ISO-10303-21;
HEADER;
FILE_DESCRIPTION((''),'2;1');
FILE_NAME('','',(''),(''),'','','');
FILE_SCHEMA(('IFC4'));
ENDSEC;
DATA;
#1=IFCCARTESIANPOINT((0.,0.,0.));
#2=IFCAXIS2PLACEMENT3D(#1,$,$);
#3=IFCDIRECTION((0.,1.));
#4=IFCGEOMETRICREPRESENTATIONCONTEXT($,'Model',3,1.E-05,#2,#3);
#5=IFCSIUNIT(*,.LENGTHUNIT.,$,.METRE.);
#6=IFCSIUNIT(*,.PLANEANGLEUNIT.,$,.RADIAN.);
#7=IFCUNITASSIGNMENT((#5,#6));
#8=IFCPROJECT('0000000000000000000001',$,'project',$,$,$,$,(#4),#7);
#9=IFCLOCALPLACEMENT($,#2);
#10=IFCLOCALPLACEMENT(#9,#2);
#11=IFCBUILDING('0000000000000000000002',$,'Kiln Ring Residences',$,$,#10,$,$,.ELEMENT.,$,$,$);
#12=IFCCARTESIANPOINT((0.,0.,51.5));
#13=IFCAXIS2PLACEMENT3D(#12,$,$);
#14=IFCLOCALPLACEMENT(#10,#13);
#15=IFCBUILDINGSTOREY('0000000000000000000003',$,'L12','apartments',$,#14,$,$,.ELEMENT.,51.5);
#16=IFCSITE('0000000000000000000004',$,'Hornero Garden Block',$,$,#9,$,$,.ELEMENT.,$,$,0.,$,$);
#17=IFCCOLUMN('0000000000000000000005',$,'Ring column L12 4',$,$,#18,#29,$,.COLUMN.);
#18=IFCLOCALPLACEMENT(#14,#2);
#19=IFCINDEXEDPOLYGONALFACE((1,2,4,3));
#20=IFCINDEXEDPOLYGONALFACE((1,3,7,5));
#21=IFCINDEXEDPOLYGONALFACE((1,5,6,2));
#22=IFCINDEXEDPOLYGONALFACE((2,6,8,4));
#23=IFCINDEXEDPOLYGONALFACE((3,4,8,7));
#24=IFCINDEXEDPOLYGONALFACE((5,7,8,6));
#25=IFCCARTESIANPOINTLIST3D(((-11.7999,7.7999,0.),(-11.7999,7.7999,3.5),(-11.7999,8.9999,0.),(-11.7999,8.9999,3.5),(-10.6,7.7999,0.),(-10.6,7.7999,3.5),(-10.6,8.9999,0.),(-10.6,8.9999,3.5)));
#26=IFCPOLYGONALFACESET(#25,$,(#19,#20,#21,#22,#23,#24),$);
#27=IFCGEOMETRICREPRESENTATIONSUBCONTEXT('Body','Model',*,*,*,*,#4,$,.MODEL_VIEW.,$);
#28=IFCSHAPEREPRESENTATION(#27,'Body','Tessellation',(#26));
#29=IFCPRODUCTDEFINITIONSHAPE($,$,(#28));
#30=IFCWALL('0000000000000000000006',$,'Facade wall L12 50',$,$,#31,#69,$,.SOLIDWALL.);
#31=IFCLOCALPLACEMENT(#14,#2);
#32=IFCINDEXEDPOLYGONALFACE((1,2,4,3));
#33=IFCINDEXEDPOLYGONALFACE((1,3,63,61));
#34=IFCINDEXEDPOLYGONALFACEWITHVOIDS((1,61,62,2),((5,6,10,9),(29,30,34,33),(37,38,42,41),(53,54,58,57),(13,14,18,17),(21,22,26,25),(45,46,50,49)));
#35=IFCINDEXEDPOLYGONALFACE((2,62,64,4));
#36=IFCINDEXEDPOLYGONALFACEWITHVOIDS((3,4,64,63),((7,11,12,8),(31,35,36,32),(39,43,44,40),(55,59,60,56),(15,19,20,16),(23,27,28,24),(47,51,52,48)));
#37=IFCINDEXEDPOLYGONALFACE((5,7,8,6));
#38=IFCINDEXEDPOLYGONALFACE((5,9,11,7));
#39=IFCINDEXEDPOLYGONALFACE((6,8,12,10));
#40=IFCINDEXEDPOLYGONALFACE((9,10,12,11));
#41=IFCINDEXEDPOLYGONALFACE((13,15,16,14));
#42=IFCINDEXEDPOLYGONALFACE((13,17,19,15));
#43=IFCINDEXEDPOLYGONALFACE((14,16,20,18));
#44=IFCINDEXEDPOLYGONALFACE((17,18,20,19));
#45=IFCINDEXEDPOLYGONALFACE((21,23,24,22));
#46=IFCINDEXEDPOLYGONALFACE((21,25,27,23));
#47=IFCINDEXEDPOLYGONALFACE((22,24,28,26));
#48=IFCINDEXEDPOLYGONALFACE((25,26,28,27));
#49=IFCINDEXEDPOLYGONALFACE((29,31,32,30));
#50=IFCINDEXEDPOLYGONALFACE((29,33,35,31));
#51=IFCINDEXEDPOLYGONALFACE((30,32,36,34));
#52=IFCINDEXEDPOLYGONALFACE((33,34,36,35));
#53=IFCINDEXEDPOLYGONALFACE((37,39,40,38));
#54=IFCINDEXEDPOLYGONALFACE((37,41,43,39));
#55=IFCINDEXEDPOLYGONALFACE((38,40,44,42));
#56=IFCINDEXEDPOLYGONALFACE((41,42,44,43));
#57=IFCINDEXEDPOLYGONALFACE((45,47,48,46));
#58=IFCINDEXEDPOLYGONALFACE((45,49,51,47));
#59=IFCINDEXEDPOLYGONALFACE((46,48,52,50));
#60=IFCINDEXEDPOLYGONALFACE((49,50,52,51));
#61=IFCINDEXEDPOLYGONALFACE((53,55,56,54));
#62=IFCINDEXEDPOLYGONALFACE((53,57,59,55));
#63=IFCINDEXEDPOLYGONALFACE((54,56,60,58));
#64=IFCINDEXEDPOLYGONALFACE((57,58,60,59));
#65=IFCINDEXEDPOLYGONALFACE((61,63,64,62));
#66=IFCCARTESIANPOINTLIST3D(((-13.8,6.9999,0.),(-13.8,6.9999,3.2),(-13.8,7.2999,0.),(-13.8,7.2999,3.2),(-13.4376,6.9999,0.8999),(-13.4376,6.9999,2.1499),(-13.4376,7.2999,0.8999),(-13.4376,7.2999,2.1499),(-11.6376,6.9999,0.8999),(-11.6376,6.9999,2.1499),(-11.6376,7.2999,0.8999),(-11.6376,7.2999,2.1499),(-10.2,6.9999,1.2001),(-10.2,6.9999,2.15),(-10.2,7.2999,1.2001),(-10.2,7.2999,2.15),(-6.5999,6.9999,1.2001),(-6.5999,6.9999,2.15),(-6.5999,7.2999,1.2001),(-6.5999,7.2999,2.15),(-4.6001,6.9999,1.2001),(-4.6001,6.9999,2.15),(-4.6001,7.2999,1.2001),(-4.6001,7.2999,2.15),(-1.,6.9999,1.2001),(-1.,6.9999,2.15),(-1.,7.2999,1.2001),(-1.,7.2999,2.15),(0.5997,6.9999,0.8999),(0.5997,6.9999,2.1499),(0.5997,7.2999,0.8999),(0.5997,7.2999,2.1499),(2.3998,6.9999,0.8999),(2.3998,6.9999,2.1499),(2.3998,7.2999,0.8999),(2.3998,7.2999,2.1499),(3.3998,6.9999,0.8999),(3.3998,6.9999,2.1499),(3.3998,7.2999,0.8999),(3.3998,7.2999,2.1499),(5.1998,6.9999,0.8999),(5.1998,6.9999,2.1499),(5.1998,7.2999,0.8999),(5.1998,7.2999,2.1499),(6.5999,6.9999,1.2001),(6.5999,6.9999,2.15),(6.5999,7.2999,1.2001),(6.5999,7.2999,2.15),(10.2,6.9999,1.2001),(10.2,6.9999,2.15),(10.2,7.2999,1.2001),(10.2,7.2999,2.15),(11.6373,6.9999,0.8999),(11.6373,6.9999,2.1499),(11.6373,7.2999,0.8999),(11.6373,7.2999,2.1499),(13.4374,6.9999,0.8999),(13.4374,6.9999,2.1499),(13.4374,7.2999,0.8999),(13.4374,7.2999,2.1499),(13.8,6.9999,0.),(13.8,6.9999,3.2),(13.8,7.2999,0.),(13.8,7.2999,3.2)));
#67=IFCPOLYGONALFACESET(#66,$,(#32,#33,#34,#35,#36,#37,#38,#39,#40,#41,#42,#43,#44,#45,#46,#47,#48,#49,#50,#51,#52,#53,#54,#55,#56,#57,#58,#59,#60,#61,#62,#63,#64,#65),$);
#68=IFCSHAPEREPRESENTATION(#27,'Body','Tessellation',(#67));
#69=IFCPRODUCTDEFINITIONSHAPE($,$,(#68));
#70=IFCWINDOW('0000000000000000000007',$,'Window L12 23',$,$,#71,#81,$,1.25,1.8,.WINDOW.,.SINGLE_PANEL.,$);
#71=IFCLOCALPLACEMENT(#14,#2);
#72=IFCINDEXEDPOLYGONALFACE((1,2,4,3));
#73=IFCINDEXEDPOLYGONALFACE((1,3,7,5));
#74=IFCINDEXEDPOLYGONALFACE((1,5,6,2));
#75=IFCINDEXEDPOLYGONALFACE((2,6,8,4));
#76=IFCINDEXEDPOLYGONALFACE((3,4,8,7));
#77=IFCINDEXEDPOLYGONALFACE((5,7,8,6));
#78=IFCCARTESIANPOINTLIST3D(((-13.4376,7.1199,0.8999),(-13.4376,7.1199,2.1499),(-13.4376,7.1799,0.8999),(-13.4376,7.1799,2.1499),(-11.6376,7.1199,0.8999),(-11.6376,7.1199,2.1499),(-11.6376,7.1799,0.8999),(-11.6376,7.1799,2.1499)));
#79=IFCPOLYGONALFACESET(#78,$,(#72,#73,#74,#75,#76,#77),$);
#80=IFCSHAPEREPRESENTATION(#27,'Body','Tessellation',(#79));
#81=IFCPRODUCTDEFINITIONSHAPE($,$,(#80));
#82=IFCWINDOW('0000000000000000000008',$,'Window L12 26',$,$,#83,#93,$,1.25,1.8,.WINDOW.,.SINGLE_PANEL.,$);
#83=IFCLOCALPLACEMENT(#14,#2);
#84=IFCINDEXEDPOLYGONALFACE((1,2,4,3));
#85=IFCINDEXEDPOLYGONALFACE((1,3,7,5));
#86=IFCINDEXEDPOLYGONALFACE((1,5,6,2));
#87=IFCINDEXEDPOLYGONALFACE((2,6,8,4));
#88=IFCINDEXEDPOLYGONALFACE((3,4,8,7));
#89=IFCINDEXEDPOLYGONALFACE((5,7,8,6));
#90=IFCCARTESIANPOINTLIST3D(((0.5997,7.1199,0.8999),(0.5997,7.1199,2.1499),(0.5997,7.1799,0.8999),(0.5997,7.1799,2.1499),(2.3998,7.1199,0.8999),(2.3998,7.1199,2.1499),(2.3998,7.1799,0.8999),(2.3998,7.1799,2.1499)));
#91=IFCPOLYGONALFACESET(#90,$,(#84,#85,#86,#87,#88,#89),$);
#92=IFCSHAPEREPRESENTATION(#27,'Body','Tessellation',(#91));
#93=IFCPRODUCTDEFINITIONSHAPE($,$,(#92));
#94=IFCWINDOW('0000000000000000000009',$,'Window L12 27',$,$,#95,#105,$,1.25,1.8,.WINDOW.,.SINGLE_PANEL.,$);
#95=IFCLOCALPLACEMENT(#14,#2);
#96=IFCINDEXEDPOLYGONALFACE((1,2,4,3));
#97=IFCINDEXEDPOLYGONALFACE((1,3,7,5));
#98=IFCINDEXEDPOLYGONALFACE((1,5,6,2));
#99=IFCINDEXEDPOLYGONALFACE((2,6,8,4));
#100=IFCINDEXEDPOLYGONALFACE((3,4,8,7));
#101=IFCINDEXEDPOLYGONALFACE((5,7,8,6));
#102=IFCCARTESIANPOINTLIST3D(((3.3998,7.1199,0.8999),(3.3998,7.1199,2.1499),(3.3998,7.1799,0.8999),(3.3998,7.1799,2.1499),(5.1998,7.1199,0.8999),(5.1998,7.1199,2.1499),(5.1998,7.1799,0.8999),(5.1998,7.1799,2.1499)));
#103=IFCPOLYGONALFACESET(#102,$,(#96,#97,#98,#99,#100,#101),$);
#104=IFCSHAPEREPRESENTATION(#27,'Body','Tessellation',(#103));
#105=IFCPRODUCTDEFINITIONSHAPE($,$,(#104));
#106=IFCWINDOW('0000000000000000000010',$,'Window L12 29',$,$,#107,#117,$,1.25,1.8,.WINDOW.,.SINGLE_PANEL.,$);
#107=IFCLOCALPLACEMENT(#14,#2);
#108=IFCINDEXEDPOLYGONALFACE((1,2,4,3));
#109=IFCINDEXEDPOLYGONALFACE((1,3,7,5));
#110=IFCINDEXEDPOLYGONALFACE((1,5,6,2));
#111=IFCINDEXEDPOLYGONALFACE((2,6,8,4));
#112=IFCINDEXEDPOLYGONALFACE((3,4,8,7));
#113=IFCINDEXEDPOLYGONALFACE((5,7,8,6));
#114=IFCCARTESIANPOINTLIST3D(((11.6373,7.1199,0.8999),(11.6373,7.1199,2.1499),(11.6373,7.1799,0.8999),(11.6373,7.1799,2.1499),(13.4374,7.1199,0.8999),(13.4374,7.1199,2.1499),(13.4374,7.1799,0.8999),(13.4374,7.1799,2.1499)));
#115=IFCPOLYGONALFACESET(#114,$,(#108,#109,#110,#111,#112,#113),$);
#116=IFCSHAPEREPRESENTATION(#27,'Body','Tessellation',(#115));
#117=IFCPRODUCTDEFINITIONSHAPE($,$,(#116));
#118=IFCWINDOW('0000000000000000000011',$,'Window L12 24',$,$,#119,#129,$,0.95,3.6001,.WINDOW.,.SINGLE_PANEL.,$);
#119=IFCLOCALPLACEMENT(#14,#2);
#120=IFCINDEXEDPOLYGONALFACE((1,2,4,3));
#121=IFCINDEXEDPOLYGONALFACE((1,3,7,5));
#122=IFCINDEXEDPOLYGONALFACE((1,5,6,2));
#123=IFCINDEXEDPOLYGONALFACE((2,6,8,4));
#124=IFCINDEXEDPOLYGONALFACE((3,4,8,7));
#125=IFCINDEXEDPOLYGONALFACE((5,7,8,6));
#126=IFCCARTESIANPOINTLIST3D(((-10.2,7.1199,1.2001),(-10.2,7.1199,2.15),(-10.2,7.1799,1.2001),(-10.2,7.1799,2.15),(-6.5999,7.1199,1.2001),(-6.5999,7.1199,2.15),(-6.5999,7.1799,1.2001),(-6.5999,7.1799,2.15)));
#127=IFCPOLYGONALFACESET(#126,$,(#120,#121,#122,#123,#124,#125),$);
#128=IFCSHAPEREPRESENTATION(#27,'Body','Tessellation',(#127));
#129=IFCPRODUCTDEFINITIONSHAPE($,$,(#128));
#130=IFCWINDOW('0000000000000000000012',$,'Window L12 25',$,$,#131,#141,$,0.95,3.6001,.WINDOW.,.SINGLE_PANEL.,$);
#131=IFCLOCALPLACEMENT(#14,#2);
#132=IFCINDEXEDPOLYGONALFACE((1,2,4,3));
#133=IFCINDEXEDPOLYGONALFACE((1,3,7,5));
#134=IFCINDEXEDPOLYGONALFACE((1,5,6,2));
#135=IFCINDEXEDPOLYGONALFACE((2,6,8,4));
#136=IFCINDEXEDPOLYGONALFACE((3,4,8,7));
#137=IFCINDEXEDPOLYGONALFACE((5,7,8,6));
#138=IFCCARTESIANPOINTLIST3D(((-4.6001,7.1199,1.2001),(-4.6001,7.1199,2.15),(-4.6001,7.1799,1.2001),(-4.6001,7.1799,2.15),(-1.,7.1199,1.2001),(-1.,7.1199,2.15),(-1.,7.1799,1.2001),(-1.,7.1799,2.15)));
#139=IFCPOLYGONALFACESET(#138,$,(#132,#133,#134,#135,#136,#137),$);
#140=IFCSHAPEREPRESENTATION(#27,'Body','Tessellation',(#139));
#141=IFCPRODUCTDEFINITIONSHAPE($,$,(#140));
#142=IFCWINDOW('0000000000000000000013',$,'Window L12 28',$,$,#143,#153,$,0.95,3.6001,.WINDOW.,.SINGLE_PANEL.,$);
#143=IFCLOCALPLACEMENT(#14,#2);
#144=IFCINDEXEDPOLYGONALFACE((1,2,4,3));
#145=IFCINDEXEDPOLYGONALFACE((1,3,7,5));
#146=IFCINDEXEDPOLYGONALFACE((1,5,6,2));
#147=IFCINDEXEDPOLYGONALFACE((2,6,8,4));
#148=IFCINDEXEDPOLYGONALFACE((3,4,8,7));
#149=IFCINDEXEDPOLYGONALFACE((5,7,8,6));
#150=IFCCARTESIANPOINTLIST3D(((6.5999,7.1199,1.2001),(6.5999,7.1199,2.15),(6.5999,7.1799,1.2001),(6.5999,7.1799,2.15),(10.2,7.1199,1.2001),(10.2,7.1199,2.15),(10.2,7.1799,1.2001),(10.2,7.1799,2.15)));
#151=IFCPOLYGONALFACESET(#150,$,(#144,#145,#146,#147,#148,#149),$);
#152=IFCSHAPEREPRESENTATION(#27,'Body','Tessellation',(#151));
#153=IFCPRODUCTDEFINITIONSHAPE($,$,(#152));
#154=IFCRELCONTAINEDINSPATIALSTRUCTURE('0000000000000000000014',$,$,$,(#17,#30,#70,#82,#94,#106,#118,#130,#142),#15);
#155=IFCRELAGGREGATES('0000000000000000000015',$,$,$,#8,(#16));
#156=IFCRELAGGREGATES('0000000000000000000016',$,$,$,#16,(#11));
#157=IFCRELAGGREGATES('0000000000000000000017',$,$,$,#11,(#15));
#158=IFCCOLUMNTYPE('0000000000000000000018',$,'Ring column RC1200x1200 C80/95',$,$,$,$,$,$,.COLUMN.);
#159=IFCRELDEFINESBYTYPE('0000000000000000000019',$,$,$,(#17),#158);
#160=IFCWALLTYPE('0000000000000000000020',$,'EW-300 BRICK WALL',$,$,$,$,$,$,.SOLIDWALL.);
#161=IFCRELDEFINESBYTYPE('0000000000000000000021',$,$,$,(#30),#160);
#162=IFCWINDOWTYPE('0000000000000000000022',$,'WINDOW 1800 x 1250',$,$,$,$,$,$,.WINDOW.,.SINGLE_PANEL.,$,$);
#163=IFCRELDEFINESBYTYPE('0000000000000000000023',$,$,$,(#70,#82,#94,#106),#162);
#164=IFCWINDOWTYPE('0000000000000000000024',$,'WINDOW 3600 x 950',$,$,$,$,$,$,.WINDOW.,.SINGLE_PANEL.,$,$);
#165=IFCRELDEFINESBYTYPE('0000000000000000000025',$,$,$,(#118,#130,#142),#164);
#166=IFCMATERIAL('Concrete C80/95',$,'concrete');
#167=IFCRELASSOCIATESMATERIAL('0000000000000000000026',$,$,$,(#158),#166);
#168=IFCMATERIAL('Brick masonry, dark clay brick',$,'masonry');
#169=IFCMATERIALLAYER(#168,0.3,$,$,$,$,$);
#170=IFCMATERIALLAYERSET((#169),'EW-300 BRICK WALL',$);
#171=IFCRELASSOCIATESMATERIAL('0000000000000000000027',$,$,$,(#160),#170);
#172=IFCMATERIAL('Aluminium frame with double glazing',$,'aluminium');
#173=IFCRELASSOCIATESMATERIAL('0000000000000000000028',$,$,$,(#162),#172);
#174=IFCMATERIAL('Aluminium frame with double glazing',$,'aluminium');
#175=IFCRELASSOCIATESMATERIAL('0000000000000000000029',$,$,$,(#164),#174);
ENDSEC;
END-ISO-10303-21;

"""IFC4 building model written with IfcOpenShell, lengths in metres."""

from ifc_helpers import new_model, si_unit, direction, frame, frame_2d, origin, origin_2d, place, context, subcontext, project, spatial, rectangle, extrude, material, layer, layer_set, material_profile, profile_set, type_object, element, fill, save


model = new_model("IFC4")

# Units and contexts
model_context = context("Model", 3, precision=1e-05, world=origin(), true_north=direction((0.0, 1.0)))
body_context = subcontext(model_context, "Body", "Model", "MODEL_VIEW")
ifc_project = project(units=[si_unit("LENGTHUNIT", "METRE"), si_unit("PLANEANGLEUNIT", "RADIAN")], contexts=[model_context])

# Site, building, storey
site_placement = place(None, origin())
site = spatial("IfcSite", under=ifc_project, at=site_placement, Name="Hornero Garden Block", CompositionType="ELEMENT", RefElevation=0.0)
building_placement = place(site_placement, origin())
building = spatial("IfcBuilding", under=site, at=building_placement, Name="Kiln Ring Residences", CompositionType="ELEMENT")
storey_placement = place(building_placement, frame((0.0, 0.0, 51.5)))
storey = spatial("IfcBuildingStorey", under=building, at=storey_placement, Name="L12", Description="apartments", CompositionType="ELEMENT", Elevation=51.5)

# Column
ifc_material_1 = material(Name="Concrete C80/95", Category="concrete")
ifc_material_profile = material_profile(ifc_material_1, rectangle(XDim=1.2, YDim=1.2, at=origin_2d()), Name="RC1200x1200")
ifc_profile_set = profile_set([ifc_material_profile], Name="Concrete C80/95")
column_type = type_object("IfcColumnType", Name="Ring column RC1200x1200 C80/95", PredefinedType="COLUMN", material=ifc_profile_set)
column_placement = place(storey_placement, frame((-11.2, 8.3999, 0.0), z_axis=(0.0, 0.0, 1.0), x_axis=(1.0, 0.0, 0.0)))
element("IfcColumn", 1, at=column_placement, inside=storey, type_object=column_type, Name="Ring column L12 4", PredefinedType="COLUMN", context=body_context, shape_type="SweptSolid", body=[
    extrude(rectangle(XDim=1.2, YDim=1.2, at=origin_2d()), origin(), (0.0, 0.0, 1.0), 3.5),
])

# Wall, openings, windows
ifc_material_2 = material(Name="Brick masonry, dark clay brick", Category="masonry")
ifc_layer_1 = layer(ifc_material_2, 0.3)
ifc_layer_set_1 = layer_set([ifc_layer_1], Name="EW-300 BRICK WALL")
wall_type_1 = type_object("IfcWallType", Name="EW-300 BRICK WALL", PredefinedType="SOLIDWALL", material=ifc_layer_set_1)
wall_1_placement = place(storey_placement, frame((-13.8, 7.1499, 0.0), z_axis=(0.0, 0.0, 1.0), x_axis=(1.0, 0.0, 0.0)))
wall_1 = element("IfcWall", 2, at=wall_1_placement, inside=storey, type_object=wall_type_1, Name="Facade wall L12 50", PredefinedType="SOLIDWALL", context=body_context, shape_type="SweptSolid", body=[
    extrude(rectangle(XDim=27.6001, YDim=0.3, at=frame_2d((13.8, 0.0))), origin(), (0.0, 0.0, 1.0), 3.2),
])
opening_1_placement = place(wall_1_placement, frame((0.3625, 0.0, 0.8999)))
opening_1 = element("IfcOpeningElement", 3, at=opening_1_placement, cuts=wall_1, PredefinedType="OPENING", context=body_context, shape_type="SweptSolid", body=[
    extrude(rectangle(XDim=1.8, YDim=1.25, at=frame_2d((0.8999, 0.625))), frame((0.0, 0.1599, 0.0), z_axis=(0.0, -1.0, 0.0), x_axis=(1.0, 0.0, 0.0)), (0.0, 0.0, 1.0), 0.3201),
])
opening_2_placement = place(wall_1_placement, frame((3.6001, 0.0, 1.2)))
opening_2 = element("IfcOpeningElement", 4, at=opening_2_placement, cuts=wall_1, PredefinedType="OPENING", context=body_context, shape_type="SweptSolid", body=[
    extrude(rectangle(XDim=3.6001, YDim=0.95, at=frame_2d((1.8, 0.4751))), frame((0.0, 0.1599, 0.0), z_axis=(0.0, -1.0, 0.0), x_axis=(1.0, 0.0, 0.0)), (0.0, 0.0, 1.0), 0.3201),
])
opening_3_placement = place(wall_1_placement, frame((9.2, 0.0, 1.2)))
opening_3 = element("IfcOpeningElement", 5, at=opening_3_placement, cuts=wall_1, PredefinedType="OPENING", context=body_context, shape_type="SweptSolid", body=[
    extrude(rectangle(XDim=3.6001, YDim=0.95, at=frame_2d((1.8, 0.4751))), frame((0.0, 0.1599, 0.0), z_axis=(0.0, -1.0, 0.0), x_axis=(1.0, 0.0, 0.0)), (0.0, 0.0, 1.0), 0.3201),
])
opening_4_placement = place(wall_1_placement, frame((14.3999, 0.0, 0.8999)))
opening_4 = element("IfcOpeningElement", 6, at=opening_4_placement, cuts=wall_1, PredefinedType="OPENING", context=body_context, shape_type="SweptSolid", body=[
    extrude(rectangle(XDim=1.8, YDim=1.25, at=frame_2d((0.8999, 0.625))), frame((0.0, 0.1599, 0.0), z_axis=(0.0, -1.0, 0.0), x_axis=(1.0, 0.0, 0.0)), (0.0, 0.0, 1.0), 0.3201),
])
opening_5_placement = place(wall_1_placement, frame((17.2, 0.0, 0.8999)))
opening_5 = element("IfcOpeningElement", 7, at=opening_5_placement, cuts=wall_1, PredefinedType="OPENING", context=body_context, shape_type="SweptSolid", body=[
    extrude(rectangle(XDim=1.8, YDim=1.25, at=frame_2d((0.8999, 0.625))), frame((0.0, 0.1599, 0.0), z_axis=(0.0, -1.0, 0.0), x_axis=(1.0, 0.0, 0.0)), (0.0, 0.0, 1.0), 0.3201),
])
opening_6_placement = place(wall_1_placement, frame((20.3999, 0.0, 1.2)))
opening_6 = element("IfcOpeningElement", 8, at=opening_6_placement, cuts=wall_1, PredefinedType="OPENING", context=body_context, shape_type="SweptSolid", body=[
    extrude(rectangle(XDim=3.6001, YDim=0.95, at=frame_2d((1.8, 0.4751))), frame((0.0, 0.1599, 0.0), z_axis=(0.0, -1.0, 0.0), x_axis=(1.0, 0.0, 0.0)), (0.0, 0.0, 1.0), 0.3201),
])
opening_7_placement = place(wall_1_placement, frame((25.4375, 0.0, 0.8999)))
opening_7 = element("IfcOpeningElement", 9, at=opening_7_placement, cuts=wall_1, PredefinedType="OPENING", context=body_context, shape_type="SweptSolid", body=[
    extrude(rectangle(XDim=1.8, YDim=1.25, at=frame_2d((0.8999, 0.625))), frame((0.0, 0.1599, 0.0), z_axis=(0.0, -1.0, 0.0), x_axis=(1.0, 0.0, 0.0)), (0.0, 0.0, 1.0), 0.3201),
])
ifc_material_3 = material(Name="Aluminium frame with double glazing", Category="aluminium")
window_type_1 = type_object("IfcWindowType", Name="WINDOW 1800 x 1250", PartitioningType="SINGLE_PANEL", PredefinedType="WINDOW", material=ifc_material_3)
window_1_placement = place(opening_1_placement, origin())
window_1 = element("IfcWindow", 10, at=window_1_placement, inside=storey, type_object=window_type_1, Name="Window L12 23", OverallHeight=1.25, OverallWidth=1.8, PartitioningType="SINGLE_PANEL", PredefinedType="WINDOW", context=body_context, shape_type="SweptSolid", body=[
    extrude(rectangle(XDim=1.8, YDim=1.25, at=frame_2d((0.8999, 0.625))), frame((0.0, 0.03, 0.0), z_axis=(0.0, -1.0, 0.0), x_axis=(1.0, 0.0, 0.0)), (0.0, 0.0, 1.0), 0.0601),
])
fill(opening_1, window_1)
window_2_placement = place(opening_4_placement, origin())
window_2 = element("IfcWindow", 11, at=window_2_placement, inside=storey, type_object=window_type_1, Name="Window L12 26", OverallHeight=1.25, OverallWidth=1.8, PartitioningType="SINGLE_PANEL", PredefinedType="WINDOW", context=body_context, shape_type="SweptSolid", body=[
    extrude(rectangle(XDim=1.8, YDim=1.25, at=frame_2d((0.8999, 0.625))), frame((0.0, 0.03, 0.0), z_axis=(0.0, -1.0, 0.0), x_axis=(1.0, 0.0, 0.0)), (0.0, 0.0, 1.0), 0.0601),
])
fill(opening_4, window_2)
window_3_placement = place(opening_5_placement, origin())
window_3 = element("IfcWindow", 12, at=window_3_placement, inside=storey, type_object=window_type_1, Name="Window L12 27", OverallHeight=1.25, OverallWidth=1.8, PartitioningType="SINGLE_PANEL", PredefinedType="WINDOW", context=body_context, shape_type="SweptSolid", body=[
    extrude(rectangle(XDim=1.8, YDim=1.25, at=frame_2d((0.8999, 0.625))), frame((0.0, 0.03, 0.0), z_axis=(0.0, -1.0, 0.0), x_axis=(1.0, 0.0, 0.0)), (0.0, 0.0, 1.0), 0.0601),
])
fill(opening_5, window_3)
window_4_placement = place(opening_7_placement, origin())
window_4 = element("IfcWindow", 13, at=window_4_placement, inside=storey, type_object=window_type_1, Name="Window L12 29", OverallHeight=1.25, OverallWidth=1.8, PartitioningType="SINGLE_PANEL", PredefinedType="WINDOW", context=body_context, shape_type="SweptSolid", body=[
    extrude(rectangle(XDim=1.8, YDim=1.25, at=frame_2d((0.8999, 0.625))), frame((0.0, 0.03, 0.0), z_axis=(0.0, -1.0, 0.0), x_axis=(1.0, 0.0, 0.0)), (0.0, 0.0, 1.0), 0.0601),
])
fill(opening_7, window_4)
ifc_material_4 = material(Name="Aluminium frame with double glazing", Category="aluminium")
window_type_2 = type_object("IfcWindowType", Name="WINDOW 3600 x 950", PartitioningType="SINGLE_PANEL", PredefinedType="WINDOW", material=ifc_material_4)
window_5_placement = place(opening_2_placement, origin())
window_5 = element("IfcWindow", 14, at=window_5_placement, inside=storey, type_object=window_type_2, Name="Window L12 24", OverallHeight=0.95, OverallWidth=3.6001, PartitioningType="SINGLE_PANEL", PredefinedType="WINDOW", context=body_context, shape_type="SweptSolid", body=[
    extrude(rectangle(XDim=3.6001, YDim=0.95, at=frame_2d((1.8, 0.4751))), frame((0.0, 0.03, 0.0), z_axis=(0.0, -1.0, 0.0), x_axis=(1.0, 0.0, 0.0)), (0.0, 0.0, 1.0), 0.0601),
])
fill(opening_2, window_5)
window_6_placement = place(opening_3_placement, origin())
window_6 = element("IfcWindow", 15, at=window_6_placement, inside=storey, type_object=window_type_2, Name="Window L12 25", OverallHeight=0.95, OverallWidth=3.6001, PartitioningType="SINGLE_PANEL", PredefinedType="WINDOW", context=body_context, shape_type="SweptSolid", body=[
    extrude(rectangle(XDim=3.6001, YDim=0.95, at=frame_2d((1.8, 0.4751))), frame((0.0, 0.03, 0.0), z_axis=(0.0, -1.0, 0.0), x_axis=(1.0, 0.0, 0.0)), (0.0, 0.0, 1.0), 0.0601),
])
fill(opening_3, window_6)
window_7_placement = place(opening_6_placement, origin())
window_7 = element("IfcWindow", 16, at=window_7_placement, inside=storey, type_object=window_type_2, Name="Window L12 28", OverallHeight=0.95, OverallWidth=3.6001, PartitioningType="SINGLE_PANEL", PredefinedType="WINDOW", context=body_context, shape_type="SweptSolid", body=[
    extrude(rectangle(XDim=3.6001, YDim=0.95, at=frame_2d((1.8, 0.4751))), frame((0.0, 0.03, 0.0), z_axis=(0.0, -1.0, 0.0), x_axis=(1.0, 0.0, 0.0)), (0.0, 0.0, 1.0), 0.0601),
])
fill(opening_6, window_7)

save(model, "model.ifc")
